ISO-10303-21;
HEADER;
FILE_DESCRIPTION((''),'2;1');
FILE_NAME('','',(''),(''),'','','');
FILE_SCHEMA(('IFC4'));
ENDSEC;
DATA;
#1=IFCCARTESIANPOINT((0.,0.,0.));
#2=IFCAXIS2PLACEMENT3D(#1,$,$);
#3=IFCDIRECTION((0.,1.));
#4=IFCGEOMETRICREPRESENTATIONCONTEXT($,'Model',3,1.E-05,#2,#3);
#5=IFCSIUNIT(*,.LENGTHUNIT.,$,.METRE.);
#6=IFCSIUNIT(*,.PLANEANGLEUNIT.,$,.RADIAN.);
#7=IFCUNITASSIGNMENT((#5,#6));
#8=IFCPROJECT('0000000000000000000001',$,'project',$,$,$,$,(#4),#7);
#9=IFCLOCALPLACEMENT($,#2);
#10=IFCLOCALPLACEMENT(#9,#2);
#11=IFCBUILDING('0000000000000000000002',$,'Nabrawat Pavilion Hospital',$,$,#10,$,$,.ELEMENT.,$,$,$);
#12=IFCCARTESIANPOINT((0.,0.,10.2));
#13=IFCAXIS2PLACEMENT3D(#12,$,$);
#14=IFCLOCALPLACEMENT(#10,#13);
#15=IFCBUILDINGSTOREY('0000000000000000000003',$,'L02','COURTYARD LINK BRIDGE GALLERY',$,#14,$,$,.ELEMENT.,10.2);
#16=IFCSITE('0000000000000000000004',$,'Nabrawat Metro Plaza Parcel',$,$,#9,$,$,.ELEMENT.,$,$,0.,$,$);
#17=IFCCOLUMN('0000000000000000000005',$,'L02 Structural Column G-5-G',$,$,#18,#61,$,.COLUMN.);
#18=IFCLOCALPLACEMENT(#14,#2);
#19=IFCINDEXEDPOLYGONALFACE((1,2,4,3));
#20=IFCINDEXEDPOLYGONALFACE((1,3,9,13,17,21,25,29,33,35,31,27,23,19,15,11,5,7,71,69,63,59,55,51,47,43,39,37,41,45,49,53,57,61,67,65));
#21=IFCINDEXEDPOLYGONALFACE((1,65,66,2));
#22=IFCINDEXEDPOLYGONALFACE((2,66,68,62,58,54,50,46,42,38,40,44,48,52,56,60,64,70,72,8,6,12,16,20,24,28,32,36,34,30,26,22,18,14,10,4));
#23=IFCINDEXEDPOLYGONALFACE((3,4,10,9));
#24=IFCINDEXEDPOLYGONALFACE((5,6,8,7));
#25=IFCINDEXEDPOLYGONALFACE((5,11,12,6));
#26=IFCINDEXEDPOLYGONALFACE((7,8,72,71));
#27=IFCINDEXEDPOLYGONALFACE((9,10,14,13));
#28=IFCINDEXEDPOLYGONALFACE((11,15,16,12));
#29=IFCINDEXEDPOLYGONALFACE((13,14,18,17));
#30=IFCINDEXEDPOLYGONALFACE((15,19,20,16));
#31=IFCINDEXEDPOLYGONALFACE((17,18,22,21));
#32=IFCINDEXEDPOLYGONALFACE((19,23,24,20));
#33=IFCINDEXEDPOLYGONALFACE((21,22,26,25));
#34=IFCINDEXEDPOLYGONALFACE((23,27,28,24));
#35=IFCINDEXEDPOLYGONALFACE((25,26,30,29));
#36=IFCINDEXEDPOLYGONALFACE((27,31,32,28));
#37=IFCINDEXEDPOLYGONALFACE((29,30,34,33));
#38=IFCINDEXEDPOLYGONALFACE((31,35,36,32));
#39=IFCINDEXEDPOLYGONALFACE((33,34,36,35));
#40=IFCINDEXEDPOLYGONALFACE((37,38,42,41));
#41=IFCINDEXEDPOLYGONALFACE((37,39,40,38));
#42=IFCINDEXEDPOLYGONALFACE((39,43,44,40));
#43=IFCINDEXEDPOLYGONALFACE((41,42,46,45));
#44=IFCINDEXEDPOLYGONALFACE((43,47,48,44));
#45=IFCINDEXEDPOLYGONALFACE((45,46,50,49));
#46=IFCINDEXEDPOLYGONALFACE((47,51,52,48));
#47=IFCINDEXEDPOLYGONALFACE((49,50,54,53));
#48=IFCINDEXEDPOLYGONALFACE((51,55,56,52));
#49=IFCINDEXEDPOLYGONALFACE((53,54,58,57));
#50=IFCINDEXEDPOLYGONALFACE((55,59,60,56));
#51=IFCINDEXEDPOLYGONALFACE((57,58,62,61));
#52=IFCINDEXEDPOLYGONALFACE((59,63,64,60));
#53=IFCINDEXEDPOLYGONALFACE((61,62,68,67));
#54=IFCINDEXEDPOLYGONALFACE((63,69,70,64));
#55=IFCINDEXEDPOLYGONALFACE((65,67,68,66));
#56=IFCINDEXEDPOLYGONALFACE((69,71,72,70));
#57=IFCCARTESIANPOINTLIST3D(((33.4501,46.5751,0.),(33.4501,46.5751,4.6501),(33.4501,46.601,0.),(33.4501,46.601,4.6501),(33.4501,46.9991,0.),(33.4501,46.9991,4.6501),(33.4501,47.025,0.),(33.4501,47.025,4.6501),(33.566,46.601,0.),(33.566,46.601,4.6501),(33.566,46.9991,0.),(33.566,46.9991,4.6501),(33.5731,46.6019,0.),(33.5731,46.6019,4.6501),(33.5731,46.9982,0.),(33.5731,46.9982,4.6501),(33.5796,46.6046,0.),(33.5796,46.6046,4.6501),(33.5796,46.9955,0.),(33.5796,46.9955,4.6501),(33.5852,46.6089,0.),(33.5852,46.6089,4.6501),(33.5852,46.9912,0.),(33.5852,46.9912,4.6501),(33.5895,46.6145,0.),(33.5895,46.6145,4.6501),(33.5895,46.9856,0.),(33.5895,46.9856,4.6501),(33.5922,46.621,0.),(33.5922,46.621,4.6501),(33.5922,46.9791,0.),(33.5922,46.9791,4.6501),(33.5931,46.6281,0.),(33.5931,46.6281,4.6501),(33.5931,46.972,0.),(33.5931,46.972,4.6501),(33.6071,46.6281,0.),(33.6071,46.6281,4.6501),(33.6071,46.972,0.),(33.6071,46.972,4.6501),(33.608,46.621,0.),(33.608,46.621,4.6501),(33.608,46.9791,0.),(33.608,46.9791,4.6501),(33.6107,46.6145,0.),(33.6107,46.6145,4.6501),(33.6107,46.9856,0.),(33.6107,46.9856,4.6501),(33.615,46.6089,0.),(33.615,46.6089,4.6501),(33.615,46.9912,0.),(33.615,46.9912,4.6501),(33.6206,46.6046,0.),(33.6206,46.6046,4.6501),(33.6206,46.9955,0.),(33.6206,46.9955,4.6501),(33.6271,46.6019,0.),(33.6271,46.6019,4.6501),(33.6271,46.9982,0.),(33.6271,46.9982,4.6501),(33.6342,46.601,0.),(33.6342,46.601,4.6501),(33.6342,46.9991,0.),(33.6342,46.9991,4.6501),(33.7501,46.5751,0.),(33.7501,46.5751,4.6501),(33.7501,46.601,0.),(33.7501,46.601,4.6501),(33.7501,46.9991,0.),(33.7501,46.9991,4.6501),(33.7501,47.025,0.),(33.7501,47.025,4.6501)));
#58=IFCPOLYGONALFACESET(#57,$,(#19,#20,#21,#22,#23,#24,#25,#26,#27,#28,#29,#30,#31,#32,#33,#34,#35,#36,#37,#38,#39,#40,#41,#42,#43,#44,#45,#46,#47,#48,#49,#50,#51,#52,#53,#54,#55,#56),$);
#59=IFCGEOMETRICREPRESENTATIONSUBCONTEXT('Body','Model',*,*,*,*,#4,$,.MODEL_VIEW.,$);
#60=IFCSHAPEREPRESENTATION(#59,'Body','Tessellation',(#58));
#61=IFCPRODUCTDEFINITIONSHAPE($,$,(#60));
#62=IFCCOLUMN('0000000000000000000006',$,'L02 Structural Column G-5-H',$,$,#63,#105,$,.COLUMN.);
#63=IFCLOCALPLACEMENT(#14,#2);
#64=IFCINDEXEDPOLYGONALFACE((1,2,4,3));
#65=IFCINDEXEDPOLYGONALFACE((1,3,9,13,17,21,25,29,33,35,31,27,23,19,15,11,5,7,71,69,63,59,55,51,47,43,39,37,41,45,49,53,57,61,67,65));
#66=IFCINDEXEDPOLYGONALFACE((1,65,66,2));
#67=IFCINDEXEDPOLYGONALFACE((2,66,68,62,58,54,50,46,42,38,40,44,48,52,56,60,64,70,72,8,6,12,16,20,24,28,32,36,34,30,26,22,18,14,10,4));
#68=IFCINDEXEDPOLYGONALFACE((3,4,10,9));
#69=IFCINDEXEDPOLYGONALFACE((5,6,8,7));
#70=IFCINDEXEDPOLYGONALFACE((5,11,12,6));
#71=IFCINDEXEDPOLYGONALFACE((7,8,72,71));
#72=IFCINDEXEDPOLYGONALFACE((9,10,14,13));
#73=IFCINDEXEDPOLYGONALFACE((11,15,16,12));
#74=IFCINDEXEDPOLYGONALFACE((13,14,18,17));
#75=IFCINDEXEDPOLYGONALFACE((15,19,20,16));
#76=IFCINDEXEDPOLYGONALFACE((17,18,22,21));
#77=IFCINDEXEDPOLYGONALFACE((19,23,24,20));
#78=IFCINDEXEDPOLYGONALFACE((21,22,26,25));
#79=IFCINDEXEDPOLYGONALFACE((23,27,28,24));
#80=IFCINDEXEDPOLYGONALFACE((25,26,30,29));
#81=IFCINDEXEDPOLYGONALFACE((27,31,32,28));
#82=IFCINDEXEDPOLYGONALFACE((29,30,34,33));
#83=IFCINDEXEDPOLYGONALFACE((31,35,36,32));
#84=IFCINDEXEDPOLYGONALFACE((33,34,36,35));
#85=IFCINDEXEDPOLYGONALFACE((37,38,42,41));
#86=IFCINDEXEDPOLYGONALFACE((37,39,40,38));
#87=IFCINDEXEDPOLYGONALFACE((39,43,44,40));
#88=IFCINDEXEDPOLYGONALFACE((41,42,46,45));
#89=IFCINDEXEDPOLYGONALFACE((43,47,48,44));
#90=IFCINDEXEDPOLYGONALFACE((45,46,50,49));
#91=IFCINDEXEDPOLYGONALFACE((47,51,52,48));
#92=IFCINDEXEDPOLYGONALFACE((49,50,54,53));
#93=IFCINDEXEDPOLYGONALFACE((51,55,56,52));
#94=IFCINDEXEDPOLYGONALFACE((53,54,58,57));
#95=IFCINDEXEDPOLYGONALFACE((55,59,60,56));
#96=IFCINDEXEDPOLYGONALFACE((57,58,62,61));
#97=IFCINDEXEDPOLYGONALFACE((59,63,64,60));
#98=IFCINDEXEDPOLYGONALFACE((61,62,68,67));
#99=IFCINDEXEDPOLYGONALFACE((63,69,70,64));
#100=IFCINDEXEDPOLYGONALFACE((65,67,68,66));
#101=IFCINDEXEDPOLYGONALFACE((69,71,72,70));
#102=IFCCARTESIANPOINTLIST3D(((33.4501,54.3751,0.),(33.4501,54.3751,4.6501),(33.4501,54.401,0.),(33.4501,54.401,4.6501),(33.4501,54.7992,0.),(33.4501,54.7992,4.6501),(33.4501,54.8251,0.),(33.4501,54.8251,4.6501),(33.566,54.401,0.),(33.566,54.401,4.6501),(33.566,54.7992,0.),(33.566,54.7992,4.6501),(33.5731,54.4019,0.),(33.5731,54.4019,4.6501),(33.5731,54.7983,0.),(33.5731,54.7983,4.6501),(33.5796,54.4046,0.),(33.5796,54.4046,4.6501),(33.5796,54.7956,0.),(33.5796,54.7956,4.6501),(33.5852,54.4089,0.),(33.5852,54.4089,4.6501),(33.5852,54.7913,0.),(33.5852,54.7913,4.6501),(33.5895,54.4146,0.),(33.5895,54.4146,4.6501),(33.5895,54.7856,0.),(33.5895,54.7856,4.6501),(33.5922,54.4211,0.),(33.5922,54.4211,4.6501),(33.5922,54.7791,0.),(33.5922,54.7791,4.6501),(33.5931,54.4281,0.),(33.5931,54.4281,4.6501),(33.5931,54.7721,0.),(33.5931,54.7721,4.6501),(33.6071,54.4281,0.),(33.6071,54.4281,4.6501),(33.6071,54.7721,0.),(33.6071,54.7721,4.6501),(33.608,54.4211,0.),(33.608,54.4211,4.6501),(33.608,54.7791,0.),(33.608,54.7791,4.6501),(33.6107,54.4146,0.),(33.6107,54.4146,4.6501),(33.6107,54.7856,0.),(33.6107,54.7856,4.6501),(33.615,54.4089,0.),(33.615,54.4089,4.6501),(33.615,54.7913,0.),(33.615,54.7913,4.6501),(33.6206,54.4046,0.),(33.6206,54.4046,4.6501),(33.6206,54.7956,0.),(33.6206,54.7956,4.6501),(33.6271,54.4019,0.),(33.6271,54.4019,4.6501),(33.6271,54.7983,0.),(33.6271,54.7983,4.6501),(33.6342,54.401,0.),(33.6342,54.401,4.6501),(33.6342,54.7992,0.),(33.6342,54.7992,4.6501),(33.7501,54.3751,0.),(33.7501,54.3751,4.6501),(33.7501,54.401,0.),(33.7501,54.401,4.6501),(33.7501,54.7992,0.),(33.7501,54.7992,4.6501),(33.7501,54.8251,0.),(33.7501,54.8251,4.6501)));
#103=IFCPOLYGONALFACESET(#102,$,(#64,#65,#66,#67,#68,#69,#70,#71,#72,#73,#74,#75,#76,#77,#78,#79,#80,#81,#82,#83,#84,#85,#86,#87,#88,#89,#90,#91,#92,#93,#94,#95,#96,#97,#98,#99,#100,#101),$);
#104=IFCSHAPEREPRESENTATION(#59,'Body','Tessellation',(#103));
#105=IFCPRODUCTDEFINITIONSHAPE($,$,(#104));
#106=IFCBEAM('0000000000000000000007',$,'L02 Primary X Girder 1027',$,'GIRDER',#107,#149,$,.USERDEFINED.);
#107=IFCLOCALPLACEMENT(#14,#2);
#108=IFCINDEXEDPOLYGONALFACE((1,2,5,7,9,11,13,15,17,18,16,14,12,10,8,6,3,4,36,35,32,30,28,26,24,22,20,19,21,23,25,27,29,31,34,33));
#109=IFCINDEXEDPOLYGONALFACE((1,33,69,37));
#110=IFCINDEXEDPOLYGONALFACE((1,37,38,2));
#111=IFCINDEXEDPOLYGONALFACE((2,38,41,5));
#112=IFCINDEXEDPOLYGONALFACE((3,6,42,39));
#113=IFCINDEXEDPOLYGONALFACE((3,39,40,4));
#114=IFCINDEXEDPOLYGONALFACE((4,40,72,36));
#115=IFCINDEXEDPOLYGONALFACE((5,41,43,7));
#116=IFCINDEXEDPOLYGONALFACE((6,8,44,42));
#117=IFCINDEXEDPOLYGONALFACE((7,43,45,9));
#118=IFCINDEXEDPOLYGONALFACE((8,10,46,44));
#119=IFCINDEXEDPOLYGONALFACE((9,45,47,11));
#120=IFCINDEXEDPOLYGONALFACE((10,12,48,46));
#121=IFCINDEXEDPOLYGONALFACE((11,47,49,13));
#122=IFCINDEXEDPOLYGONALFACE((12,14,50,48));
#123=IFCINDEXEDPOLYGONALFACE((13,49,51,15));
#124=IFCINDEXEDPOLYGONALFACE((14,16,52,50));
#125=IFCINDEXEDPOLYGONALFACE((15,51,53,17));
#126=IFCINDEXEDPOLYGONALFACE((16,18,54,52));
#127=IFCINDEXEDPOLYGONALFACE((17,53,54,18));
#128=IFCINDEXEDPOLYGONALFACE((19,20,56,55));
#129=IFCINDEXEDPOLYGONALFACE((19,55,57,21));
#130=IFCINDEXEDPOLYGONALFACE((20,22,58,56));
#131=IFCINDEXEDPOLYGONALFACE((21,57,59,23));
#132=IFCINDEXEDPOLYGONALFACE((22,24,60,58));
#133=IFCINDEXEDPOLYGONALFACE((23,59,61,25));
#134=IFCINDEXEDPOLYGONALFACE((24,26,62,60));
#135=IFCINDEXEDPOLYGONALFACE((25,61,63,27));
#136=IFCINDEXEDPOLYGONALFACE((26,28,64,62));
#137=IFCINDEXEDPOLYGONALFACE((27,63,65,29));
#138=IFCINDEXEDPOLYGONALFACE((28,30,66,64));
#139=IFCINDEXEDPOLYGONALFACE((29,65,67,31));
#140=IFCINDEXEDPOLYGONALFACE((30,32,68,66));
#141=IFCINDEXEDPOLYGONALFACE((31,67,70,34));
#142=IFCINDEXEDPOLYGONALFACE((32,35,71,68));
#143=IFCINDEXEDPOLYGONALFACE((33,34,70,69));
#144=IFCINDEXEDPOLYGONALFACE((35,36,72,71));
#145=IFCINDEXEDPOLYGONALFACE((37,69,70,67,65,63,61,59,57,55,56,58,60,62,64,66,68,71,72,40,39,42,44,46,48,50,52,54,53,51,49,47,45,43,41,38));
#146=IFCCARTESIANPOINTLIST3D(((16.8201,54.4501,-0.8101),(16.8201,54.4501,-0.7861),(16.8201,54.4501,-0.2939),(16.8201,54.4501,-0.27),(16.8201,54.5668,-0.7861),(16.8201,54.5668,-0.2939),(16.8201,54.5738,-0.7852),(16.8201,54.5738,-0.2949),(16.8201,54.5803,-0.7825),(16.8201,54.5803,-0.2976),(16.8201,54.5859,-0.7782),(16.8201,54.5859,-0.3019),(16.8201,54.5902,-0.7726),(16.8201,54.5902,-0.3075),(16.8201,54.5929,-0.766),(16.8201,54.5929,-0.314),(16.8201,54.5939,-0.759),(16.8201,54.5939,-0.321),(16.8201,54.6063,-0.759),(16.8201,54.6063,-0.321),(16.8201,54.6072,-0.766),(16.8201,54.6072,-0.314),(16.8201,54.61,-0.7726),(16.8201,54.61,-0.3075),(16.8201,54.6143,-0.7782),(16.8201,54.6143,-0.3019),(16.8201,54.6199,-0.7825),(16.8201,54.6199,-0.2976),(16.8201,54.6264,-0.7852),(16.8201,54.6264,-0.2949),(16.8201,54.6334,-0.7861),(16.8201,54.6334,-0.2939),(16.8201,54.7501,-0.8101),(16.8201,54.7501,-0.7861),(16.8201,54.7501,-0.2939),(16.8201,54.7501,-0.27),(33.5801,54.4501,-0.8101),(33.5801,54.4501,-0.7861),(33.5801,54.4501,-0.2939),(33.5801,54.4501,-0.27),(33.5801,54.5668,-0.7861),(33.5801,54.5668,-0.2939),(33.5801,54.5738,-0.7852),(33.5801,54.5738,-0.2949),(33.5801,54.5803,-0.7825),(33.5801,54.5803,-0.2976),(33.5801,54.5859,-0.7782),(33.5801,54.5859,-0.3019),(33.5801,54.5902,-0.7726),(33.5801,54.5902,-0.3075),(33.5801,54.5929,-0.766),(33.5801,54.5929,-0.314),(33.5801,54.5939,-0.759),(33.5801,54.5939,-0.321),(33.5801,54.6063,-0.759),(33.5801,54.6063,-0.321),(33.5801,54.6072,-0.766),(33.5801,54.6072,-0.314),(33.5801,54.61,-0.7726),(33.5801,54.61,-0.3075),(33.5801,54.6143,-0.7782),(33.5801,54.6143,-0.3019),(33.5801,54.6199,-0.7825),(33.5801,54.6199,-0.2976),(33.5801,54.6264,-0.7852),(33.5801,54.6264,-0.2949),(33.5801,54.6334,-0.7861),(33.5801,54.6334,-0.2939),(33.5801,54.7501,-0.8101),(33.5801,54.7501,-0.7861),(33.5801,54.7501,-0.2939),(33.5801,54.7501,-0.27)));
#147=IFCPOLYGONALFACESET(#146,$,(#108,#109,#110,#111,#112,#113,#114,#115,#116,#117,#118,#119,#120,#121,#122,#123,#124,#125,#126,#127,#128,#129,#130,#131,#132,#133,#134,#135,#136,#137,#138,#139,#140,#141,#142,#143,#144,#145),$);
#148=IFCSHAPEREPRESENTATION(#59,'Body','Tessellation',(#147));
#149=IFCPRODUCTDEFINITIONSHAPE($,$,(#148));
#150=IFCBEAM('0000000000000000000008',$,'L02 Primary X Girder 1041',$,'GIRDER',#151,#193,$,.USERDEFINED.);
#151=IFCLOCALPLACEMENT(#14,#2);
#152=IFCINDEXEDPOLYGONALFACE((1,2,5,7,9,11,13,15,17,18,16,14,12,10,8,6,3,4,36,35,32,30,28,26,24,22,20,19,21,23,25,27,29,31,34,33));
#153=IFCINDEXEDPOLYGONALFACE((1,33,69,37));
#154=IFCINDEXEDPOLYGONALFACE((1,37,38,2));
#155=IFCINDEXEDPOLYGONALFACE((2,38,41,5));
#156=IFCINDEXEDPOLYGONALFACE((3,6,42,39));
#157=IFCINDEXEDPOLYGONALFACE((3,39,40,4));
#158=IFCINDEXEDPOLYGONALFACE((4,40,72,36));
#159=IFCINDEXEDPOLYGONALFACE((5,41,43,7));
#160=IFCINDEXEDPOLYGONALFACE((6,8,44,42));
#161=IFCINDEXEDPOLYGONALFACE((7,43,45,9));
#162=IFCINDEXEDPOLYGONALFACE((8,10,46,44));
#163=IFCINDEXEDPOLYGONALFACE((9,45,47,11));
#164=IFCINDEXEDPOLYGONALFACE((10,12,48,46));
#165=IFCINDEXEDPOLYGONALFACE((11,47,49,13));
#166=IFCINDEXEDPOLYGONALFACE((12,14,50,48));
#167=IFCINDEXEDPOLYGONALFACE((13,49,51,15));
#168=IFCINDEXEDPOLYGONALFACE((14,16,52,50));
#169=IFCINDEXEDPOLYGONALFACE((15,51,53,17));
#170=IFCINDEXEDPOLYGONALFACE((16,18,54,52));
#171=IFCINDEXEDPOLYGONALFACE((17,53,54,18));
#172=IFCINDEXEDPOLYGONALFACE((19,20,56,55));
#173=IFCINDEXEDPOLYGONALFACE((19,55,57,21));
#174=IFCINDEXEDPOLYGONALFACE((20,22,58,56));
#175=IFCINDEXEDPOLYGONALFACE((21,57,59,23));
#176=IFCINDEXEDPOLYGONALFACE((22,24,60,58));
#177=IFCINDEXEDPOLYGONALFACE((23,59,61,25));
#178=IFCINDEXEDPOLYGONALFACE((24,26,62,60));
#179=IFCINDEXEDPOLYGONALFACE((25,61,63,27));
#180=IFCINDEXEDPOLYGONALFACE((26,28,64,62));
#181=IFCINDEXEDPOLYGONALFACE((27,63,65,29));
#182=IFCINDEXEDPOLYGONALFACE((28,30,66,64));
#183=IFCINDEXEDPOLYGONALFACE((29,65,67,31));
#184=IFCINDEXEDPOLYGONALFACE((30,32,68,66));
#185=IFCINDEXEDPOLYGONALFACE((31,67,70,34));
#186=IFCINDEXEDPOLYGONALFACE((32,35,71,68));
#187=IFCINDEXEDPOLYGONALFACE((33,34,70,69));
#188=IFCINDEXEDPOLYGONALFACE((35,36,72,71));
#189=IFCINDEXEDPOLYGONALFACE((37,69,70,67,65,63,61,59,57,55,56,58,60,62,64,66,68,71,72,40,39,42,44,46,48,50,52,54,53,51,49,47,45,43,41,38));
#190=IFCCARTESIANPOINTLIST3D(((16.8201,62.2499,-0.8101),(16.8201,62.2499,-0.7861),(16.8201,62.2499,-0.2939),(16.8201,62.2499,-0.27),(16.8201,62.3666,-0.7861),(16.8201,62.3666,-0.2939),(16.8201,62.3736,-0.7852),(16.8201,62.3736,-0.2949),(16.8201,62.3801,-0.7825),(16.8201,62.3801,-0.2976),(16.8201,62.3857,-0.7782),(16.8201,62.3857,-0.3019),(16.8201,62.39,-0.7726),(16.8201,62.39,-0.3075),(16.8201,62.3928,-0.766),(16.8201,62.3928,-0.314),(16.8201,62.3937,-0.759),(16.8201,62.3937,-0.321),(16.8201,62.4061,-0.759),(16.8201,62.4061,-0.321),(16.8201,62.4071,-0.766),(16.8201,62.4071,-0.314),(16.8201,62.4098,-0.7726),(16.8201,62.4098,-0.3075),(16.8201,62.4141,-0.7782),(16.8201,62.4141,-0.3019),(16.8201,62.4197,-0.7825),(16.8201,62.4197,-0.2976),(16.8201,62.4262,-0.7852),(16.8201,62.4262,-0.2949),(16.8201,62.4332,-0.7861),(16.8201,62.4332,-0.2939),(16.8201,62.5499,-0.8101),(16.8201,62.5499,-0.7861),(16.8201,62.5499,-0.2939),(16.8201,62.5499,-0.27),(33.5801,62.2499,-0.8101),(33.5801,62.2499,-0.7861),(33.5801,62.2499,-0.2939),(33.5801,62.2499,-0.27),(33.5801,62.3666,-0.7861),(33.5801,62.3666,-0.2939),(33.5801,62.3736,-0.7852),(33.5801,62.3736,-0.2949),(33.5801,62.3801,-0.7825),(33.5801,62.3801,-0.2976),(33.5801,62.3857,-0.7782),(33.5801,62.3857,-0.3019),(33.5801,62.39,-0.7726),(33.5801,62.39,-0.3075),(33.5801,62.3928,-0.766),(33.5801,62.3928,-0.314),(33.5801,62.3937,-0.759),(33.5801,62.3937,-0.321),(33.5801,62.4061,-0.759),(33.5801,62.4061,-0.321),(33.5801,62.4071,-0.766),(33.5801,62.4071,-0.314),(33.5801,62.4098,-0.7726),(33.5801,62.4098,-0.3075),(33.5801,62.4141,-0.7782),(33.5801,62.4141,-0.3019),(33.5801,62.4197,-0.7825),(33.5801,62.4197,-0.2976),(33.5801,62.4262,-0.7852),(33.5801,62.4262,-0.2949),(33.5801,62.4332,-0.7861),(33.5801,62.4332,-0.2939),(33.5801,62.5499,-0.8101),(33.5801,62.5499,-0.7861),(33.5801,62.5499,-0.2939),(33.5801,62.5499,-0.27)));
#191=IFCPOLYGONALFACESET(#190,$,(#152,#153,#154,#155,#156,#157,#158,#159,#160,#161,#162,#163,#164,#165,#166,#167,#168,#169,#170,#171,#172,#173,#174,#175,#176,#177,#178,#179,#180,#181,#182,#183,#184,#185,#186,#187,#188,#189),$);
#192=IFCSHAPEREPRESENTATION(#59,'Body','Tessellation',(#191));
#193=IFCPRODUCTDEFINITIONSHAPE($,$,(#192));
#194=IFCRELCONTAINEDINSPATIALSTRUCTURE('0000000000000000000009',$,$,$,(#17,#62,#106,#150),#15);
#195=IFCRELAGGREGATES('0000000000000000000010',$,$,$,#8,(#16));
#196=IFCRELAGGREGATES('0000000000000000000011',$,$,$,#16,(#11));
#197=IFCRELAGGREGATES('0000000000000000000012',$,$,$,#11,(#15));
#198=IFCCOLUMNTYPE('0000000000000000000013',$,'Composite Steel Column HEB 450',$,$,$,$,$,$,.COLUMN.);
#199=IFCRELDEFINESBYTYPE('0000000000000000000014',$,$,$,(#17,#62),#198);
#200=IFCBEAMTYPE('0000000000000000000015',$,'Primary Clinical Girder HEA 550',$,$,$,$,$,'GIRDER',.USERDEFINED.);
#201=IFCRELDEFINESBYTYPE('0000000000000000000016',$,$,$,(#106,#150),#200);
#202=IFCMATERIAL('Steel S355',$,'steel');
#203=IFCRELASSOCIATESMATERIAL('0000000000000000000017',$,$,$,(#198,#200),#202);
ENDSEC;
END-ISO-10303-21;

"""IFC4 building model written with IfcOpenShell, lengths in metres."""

from ifc_helpers import new_model, si_unit, direction, frame, origin, origin_2d, place, context, subcontext, project, spatial, i_section, extrude, material, material_profile, profile_set, type_object, element, save


model = new_model("IFC4")

# Units and contexts
model_context = context("Model", 3, precision=1e-05, world=origin(), true_north=direction((0.0, 1.0)))
body_context = subcontext(model_context, "Body", "Model", "MODEL_VIEW")
ifc_project = project(units=[si_unit("LENGTHUNIT", "METRE"), si_unit("PLANEANGLEUNIT", "RADIAN")], contexts=[model_context])

# Site, building, storey
site_placement = place(None, origin())
site = spatial("IfcSite", under=ifc_project, at=site_placement, Name="Nabrawat Metro Plaza Parcel", CompositionType="ELEMENT", RefElevation=0.0)
building_placement = place(site_placement, origin())
building = spatial("IfcBuilding", under=site, at=building_placement, Name="Nabrawat Pavilion Hospital", CompositionType="ELEMENT")
storey_placement = place(building_placement, frame((0.0, 0.0, 10.2)))
storey = spatial("IfcBuildingStorey", under=building, at=storey_placement, Name="L02", Description="COURTYARD LINK BRIDGE GALLERY", CompositionType="ELEMENT", Elevation=10.2)

# Columns
ifc_material_1 = material(Name="Steel S355", Category="steel")
ifc_material_profile_1 = material_profile(ifc_material_1, i_section(OverallWidth=0.3, OverallDepth=0.45, WebThickness=0.0139, FlangeThickness=0.0259, FilletRadius=0.0271, at=origin_2d()), Name="HEB 450")
ifc_profile_set_1 = profile_set([ifc_material_profile_1], Name="Steel S355")
column_type = type_object("IfcColumnType", Name="Composite Steel Column HEB 450", PredefinedType="COLUMN", material=ifc_profile_set_1)
for number, where, z_axis, x_axis, name in (
    (1, (33.6001, 46.8, 0.0), (0.0, 0.0, 1.0), (1.0, 0.0, 0.0), "L02 Structural Column G-5-G"),
    (2, (33.6001, 54.6001, 0.0), (0.0, 0.0, 1.0), (1.0, 0.0, 0.0), "L02 Structural Column G-5-H"),
):
    element("IfcColumn", number, at=place(storey_placement, frame(where, z_axis=z_axis, x_axis=x_axis)), inside=storey, type_object=column_type, Name=name, PredefinedType="COLUMN", context=body_context, shape_type="SweptSolid", body=[
        extrude(i_section(OverallWidth=0.3, OverallDepth=0.45, WebThickness=0.0139, FlangeThickness=0.0259, FilletRadius=0.0271, at=origin_2d()), origin(), (0.0, 0.0, 1.0), 4.6501),
    ])

# Beams
ifc_material_profile_2 = material_profile(ifc_material_1, i_section(OverallWidth=0.3, OverallDepth=0.54, WebThickness=0.0125, FlangeThickness=0.0239, FilletRadius=0.0271, at=origin_2d()), Name="HEA 550")
ifc_profile_set_2 = profile_set([ifc_material_profile_2], Name="Steel S355")
beam_type_1 = type_object("IfcBeamType", Name="Primary Clinical Girder HEA 550", ElementType="GIRDER", PredefinedType="USERDEFINED", material=ifc_profile_set_2)
for number, where, z_axis, x_axis, name in (
    (3, (16.8201, 54.6001, -0.54), (1.0, 0.0, 0.0), (0.0, 1.0, 0.0), "L02 Primary X Girder 1027"),
    (4, (16.8201, 62.3999, -0.54), (1.0, 0.0, 0.0), (0.0, 1.0, 0.0), "L02 Primary X Girder 1041"),
):
    element("IfcBeam", number, at=place(storey_placement, frame(where, z_axis=z_axis, x_axis=x_axis)), inside=storey, type_object=beam_type_1, Name=name, ObjectType="GIRDER", PredefinedType="USERDEFINED", context=body_context, shape_type="SweptSolid", body=[
        extrude(i_section(OverallWidth=0.3, OverallDepth=0.54, WebThickness=0.0125, FlangeThickness=0.0239, FilletRadius=0.0271, at=origin_2d()), origin(), (0.0, 0.0, 1.0), 16.76),
    ])

save(model, "model.ifc")
